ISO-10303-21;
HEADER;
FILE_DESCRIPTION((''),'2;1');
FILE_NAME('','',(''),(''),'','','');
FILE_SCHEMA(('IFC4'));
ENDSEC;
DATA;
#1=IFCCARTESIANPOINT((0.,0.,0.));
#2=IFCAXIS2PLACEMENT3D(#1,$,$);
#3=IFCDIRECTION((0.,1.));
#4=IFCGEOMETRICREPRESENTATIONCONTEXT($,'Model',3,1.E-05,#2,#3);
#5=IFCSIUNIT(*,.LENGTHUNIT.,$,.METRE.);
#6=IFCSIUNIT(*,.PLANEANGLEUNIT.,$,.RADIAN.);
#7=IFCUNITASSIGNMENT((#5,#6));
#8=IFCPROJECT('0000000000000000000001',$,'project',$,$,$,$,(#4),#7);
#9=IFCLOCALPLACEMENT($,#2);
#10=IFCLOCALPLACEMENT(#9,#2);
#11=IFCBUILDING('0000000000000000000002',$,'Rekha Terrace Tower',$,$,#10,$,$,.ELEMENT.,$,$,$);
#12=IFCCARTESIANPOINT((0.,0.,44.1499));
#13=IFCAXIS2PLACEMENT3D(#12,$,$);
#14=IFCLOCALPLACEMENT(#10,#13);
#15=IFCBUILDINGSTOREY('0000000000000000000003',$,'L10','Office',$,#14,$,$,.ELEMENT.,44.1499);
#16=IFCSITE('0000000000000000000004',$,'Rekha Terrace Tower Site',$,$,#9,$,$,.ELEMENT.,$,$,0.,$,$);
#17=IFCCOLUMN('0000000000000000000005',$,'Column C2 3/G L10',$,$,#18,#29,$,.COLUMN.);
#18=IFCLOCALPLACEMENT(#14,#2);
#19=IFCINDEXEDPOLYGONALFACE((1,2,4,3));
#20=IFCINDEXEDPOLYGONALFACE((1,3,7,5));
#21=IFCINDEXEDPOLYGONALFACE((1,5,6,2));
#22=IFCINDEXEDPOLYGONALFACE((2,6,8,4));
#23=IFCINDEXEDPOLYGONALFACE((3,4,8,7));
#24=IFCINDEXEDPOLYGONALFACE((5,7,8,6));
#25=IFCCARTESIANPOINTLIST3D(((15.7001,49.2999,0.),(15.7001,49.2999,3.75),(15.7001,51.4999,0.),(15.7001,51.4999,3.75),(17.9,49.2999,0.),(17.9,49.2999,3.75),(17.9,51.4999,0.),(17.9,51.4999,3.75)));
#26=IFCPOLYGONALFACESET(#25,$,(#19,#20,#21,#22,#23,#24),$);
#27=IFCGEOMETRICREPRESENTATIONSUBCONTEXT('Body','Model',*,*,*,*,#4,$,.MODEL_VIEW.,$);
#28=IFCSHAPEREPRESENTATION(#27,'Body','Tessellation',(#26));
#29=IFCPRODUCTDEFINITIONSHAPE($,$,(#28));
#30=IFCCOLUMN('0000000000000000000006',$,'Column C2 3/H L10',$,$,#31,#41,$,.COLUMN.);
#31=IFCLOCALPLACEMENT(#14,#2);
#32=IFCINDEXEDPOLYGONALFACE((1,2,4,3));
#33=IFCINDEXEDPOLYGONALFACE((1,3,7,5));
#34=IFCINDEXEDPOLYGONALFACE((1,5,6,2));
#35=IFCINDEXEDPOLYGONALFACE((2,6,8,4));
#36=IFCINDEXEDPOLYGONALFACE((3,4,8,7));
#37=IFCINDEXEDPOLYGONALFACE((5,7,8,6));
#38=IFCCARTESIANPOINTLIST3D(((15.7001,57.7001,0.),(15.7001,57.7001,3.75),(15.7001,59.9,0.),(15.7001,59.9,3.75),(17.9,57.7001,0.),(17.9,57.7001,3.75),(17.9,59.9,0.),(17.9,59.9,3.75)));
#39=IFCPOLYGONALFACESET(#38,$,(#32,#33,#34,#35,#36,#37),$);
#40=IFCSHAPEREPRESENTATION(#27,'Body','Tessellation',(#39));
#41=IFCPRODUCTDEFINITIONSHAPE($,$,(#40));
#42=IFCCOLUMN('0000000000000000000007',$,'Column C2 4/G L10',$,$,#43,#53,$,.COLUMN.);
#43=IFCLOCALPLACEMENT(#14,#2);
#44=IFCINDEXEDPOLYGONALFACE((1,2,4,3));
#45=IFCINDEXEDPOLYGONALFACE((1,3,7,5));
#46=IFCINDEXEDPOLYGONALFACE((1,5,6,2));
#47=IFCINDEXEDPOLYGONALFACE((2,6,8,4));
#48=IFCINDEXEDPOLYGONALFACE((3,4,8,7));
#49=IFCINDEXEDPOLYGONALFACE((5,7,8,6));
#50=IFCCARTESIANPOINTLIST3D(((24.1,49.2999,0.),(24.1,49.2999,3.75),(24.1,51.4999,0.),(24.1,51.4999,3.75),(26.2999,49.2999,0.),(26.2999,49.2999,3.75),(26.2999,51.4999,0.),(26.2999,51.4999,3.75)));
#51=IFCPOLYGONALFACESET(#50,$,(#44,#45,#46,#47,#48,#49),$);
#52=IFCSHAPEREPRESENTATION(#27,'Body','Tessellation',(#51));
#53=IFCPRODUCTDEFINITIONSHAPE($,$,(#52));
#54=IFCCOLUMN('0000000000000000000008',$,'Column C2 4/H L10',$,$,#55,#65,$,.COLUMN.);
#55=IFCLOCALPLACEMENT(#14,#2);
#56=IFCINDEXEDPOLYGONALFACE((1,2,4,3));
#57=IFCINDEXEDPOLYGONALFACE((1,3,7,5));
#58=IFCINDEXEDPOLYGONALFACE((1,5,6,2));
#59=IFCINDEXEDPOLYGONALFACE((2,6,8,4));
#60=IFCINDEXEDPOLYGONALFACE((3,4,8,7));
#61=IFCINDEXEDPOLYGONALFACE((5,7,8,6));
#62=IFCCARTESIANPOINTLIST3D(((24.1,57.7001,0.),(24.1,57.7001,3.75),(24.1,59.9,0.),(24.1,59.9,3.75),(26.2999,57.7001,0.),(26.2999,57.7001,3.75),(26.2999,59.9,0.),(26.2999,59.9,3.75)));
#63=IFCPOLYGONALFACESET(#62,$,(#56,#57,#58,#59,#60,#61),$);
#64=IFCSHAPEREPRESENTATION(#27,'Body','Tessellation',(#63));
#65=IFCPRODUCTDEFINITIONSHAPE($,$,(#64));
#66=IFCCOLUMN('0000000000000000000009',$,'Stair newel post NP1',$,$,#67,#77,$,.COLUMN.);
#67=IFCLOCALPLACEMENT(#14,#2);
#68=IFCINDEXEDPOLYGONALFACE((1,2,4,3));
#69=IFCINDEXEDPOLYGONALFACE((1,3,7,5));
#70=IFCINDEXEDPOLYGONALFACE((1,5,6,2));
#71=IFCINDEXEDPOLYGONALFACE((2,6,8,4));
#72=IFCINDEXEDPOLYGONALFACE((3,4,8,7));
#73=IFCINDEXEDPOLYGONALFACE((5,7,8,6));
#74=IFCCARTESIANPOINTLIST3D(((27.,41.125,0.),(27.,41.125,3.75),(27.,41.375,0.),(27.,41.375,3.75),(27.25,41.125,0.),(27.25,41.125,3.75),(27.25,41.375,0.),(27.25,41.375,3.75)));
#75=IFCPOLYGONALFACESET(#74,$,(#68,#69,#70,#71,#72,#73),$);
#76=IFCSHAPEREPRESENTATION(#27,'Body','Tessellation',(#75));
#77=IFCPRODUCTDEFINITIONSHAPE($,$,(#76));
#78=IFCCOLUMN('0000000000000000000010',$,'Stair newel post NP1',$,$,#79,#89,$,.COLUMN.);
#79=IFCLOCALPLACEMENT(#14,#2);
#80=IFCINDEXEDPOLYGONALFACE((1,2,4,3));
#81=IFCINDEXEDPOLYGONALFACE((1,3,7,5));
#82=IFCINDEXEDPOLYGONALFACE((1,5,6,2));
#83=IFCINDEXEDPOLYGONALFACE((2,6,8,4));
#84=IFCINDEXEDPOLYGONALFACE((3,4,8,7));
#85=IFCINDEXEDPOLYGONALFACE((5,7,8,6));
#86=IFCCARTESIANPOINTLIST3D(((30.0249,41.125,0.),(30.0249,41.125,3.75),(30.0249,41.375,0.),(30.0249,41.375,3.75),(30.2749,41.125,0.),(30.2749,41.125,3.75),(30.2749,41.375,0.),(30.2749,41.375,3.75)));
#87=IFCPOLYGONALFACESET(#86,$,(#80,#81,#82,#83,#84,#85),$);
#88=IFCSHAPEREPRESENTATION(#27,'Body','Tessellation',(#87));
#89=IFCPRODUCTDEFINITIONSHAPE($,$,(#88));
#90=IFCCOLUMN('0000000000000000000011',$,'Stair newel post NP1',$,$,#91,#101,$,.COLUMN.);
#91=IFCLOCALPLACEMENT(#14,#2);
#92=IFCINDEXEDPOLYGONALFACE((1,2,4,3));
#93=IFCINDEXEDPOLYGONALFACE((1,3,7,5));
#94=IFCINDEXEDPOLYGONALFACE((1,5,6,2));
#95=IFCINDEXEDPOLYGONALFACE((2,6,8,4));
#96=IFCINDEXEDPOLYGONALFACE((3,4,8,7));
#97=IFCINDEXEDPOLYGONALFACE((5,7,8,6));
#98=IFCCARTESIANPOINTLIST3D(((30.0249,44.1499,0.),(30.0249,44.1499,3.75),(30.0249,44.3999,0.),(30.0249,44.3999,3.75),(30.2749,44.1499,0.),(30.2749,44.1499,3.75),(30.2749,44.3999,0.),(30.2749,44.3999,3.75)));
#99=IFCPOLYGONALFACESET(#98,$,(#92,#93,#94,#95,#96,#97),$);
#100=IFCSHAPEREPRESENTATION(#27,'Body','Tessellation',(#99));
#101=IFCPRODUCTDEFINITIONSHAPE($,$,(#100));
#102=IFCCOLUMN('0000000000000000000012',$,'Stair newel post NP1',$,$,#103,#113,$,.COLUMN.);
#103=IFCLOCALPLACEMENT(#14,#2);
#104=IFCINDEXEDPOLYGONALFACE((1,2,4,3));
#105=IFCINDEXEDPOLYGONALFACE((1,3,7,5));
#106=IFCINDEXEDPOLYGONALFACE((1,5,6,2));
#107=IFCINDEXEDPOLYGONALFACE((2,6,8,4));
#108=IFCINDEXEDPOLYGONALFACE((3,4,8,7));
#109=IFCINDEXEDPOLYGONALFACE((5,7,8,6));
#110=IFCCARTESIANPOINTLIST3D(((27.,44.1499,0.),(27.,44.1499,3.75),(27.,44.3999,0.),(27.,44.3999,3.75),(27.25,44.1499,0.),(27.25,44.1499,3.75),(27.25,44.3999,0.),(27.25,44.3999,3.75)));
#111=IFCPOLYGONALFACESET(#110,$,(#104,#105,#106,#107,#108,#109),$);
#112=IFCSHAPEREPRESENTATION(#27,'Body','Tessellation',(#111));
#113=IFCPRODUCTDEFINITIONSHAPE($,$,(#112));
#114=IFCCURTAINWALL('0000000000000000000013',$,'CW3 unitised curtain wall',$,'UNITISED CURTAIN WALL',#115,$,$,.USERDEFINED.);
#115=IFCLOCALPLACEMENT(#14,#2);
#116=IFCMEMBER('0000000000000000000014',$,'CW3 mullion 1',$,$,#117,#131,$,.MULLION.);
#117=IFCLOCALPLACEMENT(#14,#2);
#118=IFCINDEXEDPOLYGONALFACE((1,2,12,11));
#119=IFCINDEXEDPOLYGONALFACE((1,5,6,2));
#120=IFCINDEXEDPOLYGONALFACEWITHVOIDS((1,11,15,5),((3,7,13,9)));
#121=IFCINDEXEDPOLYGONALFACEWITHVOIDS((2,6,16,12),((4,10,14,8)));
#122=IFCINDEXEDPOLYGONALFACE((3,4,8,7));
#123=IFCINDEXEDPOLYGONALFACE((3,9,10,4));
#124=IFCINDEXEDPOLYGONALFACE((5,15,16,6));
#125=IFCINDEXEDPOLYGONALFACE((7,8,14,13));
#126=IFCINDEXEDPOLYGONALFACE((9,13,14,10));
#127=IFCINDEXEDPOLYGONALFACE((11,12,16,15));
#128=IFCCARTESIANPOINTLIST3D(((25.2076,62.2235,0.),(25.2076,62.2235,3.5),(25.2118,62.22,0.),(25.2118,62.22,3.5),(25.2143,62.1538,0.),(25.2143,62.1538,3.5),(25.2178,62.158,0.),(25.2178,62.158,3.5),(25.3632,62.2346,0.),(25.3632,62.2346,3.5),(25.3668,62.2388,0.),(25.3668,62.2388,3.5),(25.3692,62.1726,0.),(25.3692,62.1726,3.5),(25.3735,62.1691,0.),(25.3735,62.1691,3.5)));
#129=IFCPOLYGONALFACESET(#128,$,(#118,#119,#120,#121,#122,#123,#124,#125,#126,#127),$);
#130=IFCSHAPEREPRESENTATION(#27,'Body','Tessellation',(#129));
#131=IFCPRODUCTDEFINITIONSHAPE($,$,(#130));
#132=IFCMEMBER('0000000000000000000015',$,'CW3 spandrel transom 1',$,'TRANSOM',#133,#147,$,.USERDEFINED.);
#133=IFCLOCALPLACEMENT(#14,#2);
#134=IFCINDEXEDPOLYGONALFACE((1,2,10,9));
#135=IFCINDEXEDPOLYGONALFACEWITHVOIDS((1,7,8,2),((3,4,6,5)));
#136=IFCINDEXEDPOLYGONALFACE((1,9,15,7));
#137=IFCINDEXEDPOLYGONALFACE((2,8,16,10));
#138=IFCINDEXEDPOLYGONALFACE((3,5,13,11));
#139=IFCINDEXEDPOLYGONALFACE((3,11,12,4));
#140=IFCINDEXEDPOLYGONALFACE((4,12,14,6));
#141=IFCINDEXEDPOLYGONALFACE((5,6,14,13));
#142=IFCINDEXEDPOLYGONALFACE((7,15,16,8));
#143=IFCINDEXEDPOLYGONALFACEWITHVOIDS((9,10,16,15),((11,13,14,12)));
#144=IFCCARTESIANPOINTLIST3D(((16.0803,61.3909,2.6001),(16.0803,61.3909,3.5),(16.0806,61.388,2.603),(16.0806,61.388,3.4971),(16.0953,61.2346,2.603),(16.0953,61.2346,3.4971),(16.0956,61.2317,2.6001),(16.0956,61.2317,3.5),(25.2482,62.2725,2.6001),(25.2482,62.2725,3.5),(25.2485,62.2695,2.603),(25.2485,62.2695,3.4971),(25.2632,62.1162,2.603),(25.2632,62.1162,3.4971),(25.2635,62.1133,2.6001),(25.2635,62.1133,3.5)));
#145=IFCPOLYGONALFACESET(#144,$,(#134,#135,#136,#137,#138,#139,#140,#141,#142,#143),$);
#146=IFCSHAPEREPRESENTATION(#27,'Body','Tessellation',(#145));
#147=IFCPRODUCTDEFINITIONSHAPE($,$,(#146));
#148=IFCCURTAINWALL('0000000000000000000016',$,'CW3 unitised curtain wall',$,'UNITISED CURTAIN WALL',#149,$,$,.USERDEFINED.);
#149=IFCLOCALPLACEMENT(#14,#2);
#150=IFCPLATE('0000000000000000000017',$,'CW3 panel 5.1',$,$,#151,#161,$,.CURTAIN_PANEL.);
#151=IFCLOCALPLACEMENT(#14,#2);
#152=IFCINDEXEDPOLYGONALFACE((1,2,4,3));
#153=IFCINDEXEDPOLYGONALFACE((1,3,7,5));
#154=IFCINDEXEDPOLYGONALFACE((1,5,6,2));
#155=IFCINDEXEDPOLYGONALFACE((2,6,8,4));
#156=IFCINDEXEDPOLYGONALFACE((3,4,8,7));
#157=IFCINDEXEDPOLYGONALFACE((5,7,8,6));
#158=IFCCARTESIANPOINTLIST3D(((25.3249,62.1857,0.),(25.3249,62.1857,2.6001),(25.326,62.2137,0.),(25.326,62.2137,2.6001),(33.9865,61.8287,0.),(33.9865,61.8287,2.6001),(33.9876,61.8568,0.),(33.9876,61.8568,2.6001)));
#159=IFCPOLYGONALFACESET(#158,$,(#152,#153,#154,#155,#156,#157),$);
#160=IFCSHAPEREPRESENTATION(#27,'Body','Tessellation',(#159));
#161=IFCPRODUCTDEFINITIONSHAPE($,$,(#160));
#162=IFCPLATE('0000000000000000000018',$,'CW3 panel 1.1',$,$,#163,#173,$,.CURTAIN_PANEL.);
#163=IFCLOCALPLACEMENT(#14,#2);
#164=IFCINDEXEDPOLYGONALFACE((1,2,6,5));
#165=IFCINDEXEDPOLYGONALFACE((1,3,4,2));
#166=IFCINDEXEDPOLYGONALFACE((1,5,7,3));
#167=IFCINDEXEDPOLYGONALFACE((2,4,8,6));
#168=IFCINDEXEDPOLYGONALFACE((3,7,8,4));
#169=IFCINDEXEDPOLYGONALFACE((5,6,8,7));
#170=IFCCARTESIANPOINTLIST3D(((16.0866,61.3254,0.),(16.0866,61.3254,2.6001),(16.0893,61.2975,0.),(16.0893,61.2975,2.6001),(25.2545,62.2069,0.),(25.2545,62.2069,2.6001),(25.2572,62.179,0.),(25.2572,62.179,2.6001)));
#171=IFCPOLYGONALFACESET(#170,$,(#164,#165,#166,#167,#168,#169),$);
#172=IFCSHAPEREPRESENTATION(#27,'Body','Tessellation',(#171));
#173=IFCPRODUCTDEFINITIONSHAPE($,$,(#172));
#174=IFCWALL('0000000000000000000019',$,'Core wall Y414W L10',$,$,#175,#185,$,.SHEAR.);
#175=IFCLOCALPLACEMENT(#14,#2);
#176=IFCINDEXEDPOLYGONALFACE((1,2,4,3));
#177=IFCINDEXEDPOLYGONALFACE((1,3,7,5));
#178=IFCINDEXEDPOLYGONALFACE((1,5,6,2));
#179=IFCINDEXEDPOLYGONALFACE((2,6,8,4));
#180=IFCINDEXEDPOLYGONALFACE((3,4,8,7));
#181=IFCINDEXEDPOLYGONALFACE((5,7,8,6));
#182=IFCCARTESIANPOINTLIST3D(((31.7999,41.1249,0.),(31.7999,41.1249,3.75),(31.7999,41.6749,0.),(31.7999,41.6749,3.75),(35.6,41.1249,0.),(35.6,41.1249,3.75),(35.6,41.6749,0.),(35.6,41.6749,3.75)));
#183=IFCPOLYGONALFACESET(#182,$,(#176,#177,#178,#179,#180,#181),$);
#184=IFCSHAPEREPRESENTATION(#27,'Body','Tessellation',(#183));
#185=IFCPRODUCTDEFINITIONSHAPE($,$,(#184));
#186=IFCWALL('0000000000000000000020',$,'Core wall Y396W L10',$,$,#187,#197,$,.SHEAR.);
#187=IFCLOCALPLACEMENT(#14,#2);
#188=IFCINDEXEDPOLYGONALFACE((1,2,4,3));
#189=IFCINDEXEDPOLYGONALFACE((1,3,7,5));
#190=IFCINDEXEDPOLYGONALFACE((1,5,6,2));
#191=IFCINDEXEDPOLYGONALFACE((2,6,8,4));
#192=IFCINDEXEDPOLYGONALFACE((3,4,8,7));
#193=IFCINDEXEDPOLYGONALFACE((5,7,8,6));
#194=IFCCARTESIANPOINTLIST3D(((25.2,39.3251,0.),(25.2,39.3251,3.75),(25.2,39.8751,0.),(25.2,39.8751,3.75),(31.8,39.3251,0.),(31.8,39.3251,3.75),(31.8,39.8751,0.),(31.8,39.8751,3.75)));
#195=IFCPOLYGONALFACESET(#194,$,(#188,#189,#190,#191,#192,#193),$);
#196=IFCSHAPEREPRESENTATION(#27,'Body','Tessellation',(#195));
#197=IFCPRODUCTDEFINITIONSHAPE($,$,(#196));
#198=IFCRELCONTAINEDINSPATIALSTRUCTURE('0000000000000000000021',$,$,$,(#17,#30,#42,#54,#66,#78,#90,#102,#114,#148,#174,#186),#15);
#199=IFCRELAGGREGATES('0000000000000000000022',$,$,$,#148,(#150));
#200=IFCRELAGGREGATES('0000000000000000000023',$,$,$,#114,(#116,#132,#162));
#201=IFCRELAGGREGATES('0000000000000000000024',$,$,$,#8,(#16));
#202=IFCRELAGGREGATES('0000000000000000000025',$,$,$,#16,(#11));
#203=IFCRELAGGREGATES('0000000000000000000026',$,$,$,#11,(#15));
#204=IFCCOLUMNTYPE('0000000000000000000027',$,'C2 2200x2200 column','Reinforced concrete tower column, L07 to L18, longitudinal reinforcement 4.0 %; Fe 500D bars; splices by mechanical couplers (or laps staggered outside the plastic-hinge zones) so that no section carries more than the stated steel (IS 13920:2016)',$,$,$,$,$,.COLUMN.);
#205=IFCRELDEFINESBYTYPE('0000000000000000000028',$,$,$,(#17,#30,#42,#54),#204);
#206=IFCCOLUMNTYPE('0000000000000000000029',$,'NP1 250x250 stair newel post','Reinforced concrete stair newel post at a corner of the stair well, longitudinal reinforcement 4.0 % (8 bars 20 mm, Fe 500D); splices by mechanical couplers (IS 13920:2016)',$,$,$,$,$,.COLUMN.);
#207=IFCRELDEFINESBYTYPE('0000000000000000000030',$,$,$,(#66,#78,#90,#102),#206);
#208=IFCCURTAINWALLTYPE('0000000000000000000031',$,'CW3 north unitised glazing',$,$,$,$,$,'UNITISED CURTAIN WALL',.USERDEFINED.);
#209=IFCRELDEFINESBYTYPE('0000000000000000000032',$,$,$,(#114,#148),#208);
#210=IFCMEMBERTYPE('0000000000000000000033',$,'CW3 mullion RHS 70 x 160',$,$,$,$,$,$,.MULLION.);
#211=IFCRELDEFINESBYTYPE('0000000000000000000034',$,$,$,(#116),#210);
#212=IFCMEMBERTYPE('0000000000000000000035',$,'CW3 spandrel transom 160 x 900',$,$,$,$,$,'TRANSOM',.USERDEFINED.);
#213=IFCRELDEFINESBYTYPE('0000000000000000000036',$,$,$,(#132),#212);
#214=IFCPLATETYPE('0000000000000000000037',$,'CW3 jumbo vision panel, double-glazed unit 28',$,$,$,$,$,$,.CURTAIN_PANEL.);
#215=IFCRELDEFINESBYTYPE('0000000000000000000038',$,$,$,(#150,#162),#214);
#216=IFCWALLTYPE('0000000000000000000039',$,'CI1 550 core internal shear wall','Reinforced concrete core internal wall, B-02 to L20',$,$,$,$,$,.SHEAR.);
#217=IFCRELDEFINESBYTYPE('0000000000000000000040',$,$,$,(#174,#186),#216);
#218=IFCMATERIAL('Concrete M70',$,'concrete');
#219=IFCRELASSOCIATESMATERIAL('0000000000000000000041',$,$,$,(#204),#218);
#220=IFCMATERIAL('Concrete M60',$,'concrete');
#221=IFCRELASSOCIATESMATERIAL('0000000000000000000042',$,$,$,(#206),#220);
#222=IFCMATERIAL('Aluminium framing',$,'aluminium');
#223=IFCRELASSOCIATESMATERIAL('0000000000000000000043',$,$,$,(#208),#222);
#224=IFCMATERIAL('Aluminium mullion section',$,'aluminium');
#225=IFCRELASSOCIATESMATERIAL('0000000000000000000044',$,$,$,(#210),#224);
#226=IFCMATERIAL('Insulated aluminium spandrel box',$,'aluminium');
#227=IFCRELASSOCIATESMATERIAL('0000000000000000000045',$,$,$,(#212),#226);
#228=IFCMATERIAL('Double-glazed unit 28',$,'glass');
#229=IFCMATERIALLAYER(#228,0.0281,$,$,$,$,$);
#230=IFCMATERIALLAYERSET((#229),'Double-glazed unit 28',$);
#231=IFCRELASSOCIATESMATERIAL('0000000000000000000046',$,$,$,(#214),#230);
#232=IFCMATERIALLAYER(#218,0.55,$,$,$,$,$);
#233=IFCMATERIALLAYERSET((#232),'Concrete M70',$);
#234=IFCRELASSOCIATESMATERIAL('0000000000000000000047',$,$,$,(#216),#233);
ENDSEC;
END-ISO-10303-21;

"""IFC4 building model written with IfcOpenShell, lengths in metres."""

from ifc_helpers import new_model, si_unit, direction, frame, frame_2d, origin, origin_2d, place, context, subcontext, project, spatial, rectangle, hollow_rectangle, extrude, material, layer, layer_set, material_profile, profile_set, type_object, element, aggregate, save


model = new_model("IFC4")

# Units and contexts
model_context = context("Model", 3, precision=1e-05, world=origin(), true_north=direction((0.0, 1.0)))
body_context = subcontext(model_context, "Body", "Model", "MODEL_VIEW")
ifc_project = project(units=[si_unit("LENGTHUNIT", "METRE"), si_unit("PLANEANGLEUNIT", "RADIAN")], contexts=[model_context])

# Site, building, storey
site_placement = place(None, origin())
site = spatial("IfcSite", under=ifc_project, at=site_placement, Name="Rekha Terrace Tower Site", CompositionType="ELEMENT", RefElevation=0.0)
building_placement = place(site_placement, origin())
building = spatial("IfcBuilding", under=site, at=building_placement, Name="Rekha Terrace Tower", CompositionType="ELEMENT")
storey_placement = place(building_placement, frame((0.0, 0.0, 44.1499)))
storey = spatial("IfcBuildingStorey", under=building, at=storey_placement, Name="L10", Description="Office", CompositionType="ELEMENT", Elevation=44.1499)

# Columns
ifc_material_1 = material(Name="Concrete M70", Category="concrete")
ifc_material_profile_1 = material_profile(ifc_material_1, rectangle(XDim=2.2, YDim=2.2, at=origin_2d()), Name="RC 2200x2200")
ifc_profile_set_1 = profile_set([ifc_material_profile_1], Name="Concrete M70")
column_type_1 = type_object("IfcColumnType", Name="C2 2200x2200 column", Description="Reinforced concrete tower column, L07 to L18, longitudinal reinforcement 4.0 %; Fe 500D bars; splices by mechanical couplers (or laps staggered outside the plastic-hinge zones) so that no section carries more than the stated steel (IS 13920:2016)", PredefinedType="COLUMN", material=ifc_profile_set_1)
for number, where, z_axis, x_axis, name in (
    (1, (16.8, 50.3999, 0.0), (0.0, 0.0, 1.0), (1.0, 0.0, 0.0), "Column C2 3/G L10"),
    (2, (16.8, 58.8, 0.0), (0.0, 0.0, 1.0), (1.0, 0.0, 0.0), "Column C2 3/H L10"),
    (3, (25.2, 50.3999, 0.0), (0.0, 0.0, 1.0), (1.0, 0.0, 0.0), "Column C2 4/G L10"),
    (4, (25.2, 58.8, 0.0), (0.0, 0.0, 1.0), (1.0, 0.0, 0.0), "Column C2 4/H L10"),
):
    element("IfcColumn", number, at=place(storey_placement, frame(where, z_axis=z_axis, x_axis=x_axis)), inside=storey, type_object=column_type_1, Name=name, PredefinedType="COLUMN", context=body_context, shape_type="SweptSolid", body=[
        extrude(rectangle(XDim=2.2, YDim=2.2, at=origin_2d()), origin(), (0.0, 0.0, 1.0), 3.75),
    ])
ifc_material_2 = material(Name="Concrete M60", Category="concrete")
ifc_material_profile_2 = material_profile(ifc_material_2, rectangle(XDim=0.25, YDim=0.25, at=origin_2d()), Name="RC 250x250")
ifc_profile_set_2 = profile_set([ifc_material_profile_2], Name="Concrete M60")
column_type_2 = type_object("IfcColumnType", Name="NP1 250x250 stair newel post", Description="Reinforced concrete stair newel post at a corner of the stair well, longitudinal reinforcement 4.0 % (8 bars 20 mm, Fe 500D); splices by mechanical couplers (IS 13920:2016)", PredefinedType="COLUMN", material=ifc_profile_set_2)
for number, where, z_axis, x_axis, name in (
    (5, (27.125, 41.25, 0.0), (0.0, 0.0, 1.0), (1.0, 0.0, 0.0), "Stair newel post NP1"),
    (6, (30.1499, 41.25, 0.0), (0.0, 0.0, 1.0), (1.0, 0.0, 0.0), "Stair newel post NP1"),
    (7, (30.1499, 44.2749, 0.0), (0.0, 0.0, 1.0), (1.0, 0.0, 0.0), "Stair newel post NP1"),
    (8, (27.125, 44.2749, 0.0), (0.0, 0.0, 1.0), (1.0, 0.0, 0.0), "Stair newel post NP1"),
):
    element("IfcColumn", number, at=place(storey_placement, frame(where, z_axis=z_axis, x_axis=x_axis)), inside=storey, type_object=column_type_2, Name=name, PredefinedType="COLUMN", context=body_context, shape_type="SweptSolid", body=[
        extrude(rectangle(XDim=0.25, YDim=0.25, at=origin_2d()), origin(), (0.0, 0.0, 1.0), 3.75),
    ])

# Curtain wall, members
ifc_material_3 = material(Name="Aluminium framing", Category="aluminium")
curtain_wall_type = type_object("IfcCurtainWallType", Name="CW3 north unitised glazing", ElementType="UNITISED CURTAIN WALL", PredefinedType="USERDEFINED", material=ifc_material_3)
curtain_wall_1_placement = place(storey_placement, origin())
curtain_wall_1 = element("IfcCurtainWall", 9, at=curtain_wall_1_placement, inside=storey, type_object=curtain_wall_type, Name="CW3 unitised curtain wall", ObjectType="UNITISED CURTAIN WALL", PredefinedType="USERDEFINED")
ifc_material_4 = material(Name="Aluminium mullion section", Category="aluminium")
ifc_material_profile_3 = material_profile(ifc_material_4, hollow_rectangle(XDim=0.0701, YDim=0.1599, WallThickness=0.0039, at=origin_2d()), Name="AL RHS 70x160")
ifc_profile_set_3 = profile_set([ifc_material_profile_3], Name="Aluminium mullion section")
member_type_1 = type_object("IfcMemberType", Name="CW3 mullion RHS 70 x 160", PredefinedType="MULLION", material=ifc_profile_set_3)
member_1_placement = place(storey_placement, frame((25.2905, 62.1963, 0.0), z_axis=(0.0, 0.0, 1.0), x_axis=(0.095712, -0.995409, 0.0)))
member_1 = element("IfcMember", 10, at=member_1_placement, type_object=member_type_1, Name="CW3 mullion 1", PredefinedType="MULLION", context=body_context, shape_type="SweptSolid", body=[
    extrude(hollow_rectangle(XDim=0.0701, YDim=0.1599, WallThickness=0.0039, at=origin_2d()), origin(), (0.0, 0.0, 1.0), 3.5),
])
ifc_material_5 = material(Name="Insulated aluminium spandrel box", Category="aluminium")
ifc_material_profile_4 = material_profile(ifc_material_5, hollow_rectangle(XDim=0.1599, YDim=0.8999, WallThickness=0.0029, at=origin_2d()), Name="AL SPANDREL BOX 160x900")
ifc_profile_set_4 = profile_set([ifc_material_profile_4], Name="Insulated aluminium spandrel box")
member_type_2 = type_object("IfcMemberType", Name="CW3 spandrel transom 160 x 900", ElementType="TRANSOM", PredefinedType="USERDEFINED", material=ifc_profile_set_4)
member_2_placement = place(storey_placement, frame((25.2559, 62.1929, 3.05), z_axis=(-0.995408, -0.095718, 0.0), x_axis=(0.095718, -0.995408, 0.0)))
member_2 = element("IfcMember", 11, at=member_2_placement, type_object=member_type_2, Name="CW3 spandrel transom 1", ObjectType="TRANSOM", PredefinedType="USERDEFINED", context=body_context, shape_type="SweptSolid", body=[
    extrude(hollow_rectangle(XDim=0.1599, YDim=0.8999, WallThickness=0.0029, at=origin_2d()), origin(), (0.0, 0.0, 1.0), 9.2102),
])

# Curtain wall, plate
curtain_wall_2_placement = place(storey_placement, origin())
curtain_wall_2 = element("IfcCurtainWall", 12, at=curtain_wall_2_placement, inside=storey, type_object=curtain_wall_type, Name="CW3 unitised curtain wall", ObjectType="UNITISED CURTAIN WALL", PredefinedType="USERDEFINED")
ifc_material_6 = material(Name="Double-glazed unit 28", Category="glass")
ifc_layer_1 = layer(ifc_material_6, 0.0281)
ifc_layer_set_1 = layer_set([ifc_layer_1], Name="Double-glazed unit 28")
plate_type = type_object("IfcPlateType", Name="CW3 jumbo vision panel, double-glazed unit 28", PredefinedType="CURTAIN_PANEL", material=ifc_layer_set_1)
plate_1_placement = place(storey_placement, frame((29.6562, 62.0212, 0.0), z_axis=(0.0, 0.0, 1.0), x_axis=(-0.999152, 0.041174, 0.0)))
plate_1 = element("IfcPlate", 13, at=plate_1_placement, type_object=plate_type, Name="CW3 panel 5.1", PredefinedType="CURTAIN_PANEL", context=body_context, shape_type="SweptSolid", body=[
    extrude(rectangle(XDim=8.6689, YDim=0.0281, at=origin_2d()), origin(), (0.0, 0.0, 1.0), 2.6001),
])
aggregate(curtain_wall_2, [plate_1])

# Plate
plate_2_placement = place(storey_placement, frame((20.6719, 61.7522, 0.0), z_axis=(0.0, 0.0, 1.0), x_axis=(-0.995409, -0.095712, 0.0)))
plate_2 = element("IfcPlate", 14, at=plate_2_placement, type_object=plate_type, Name="CW3 panel 1.1", PredefinedType="CURTAIN_PANEL", context=body_context, shape_type="SweptSolid", body=[
    extrude(rectangle(XDim=9.2102, YDim=0.0281, at=origin_2d()), origin(), (0.0, 0.0, 1.0), 2.6001),
])
aggregate(curtain_wall_1, [member_1, member_2, plate_2])

# Walls
ifc_layer_2 = layer(ifc_material_1, 0.55)
ifc_layer_set_2 = layer_set([ifc_layer_2], Name="Concrete M70")
wall_type_1 = type_object("IfcWallType", Name="CI1 550 core internal shear wall", Description="Reinforced concrete core internal wall, B-02 to L20", PredefinedType="SHEAR", material=ifc_layer_set_2)
wall_1_placement = place(storey_placement, frame((31.8, 41.3999, 0.0), z_axis=(0.0, 0.0, 1.0), x_axis=(1.0, 0.0, 0.0)))
element("IfcWall", 15, at=wall_1_placement, inside=storey, type_object=wall_type_1, Name="Core wall Y414W L10", PredefinedType="SHEAR", context=body_context, shape_type="SweptSolid", body=[
    extrude(rectangle(XDim=3.8, YDim=0.55, at=frame_2d((1.8999, 0.0))), origin(), (0.0, 0.0, 1.0), 3.75),
])
wall_2_placement = place(storey_placement, frame((25.2, 39.6001, 0.0), z_axis=(0.0, 0.0, 1.0), x_axis=(1.0, 0.0, 0.0)))
element("IfcWall", 16, at=wall_2_placement, inside=storey, type_object=wall_type_1, Name="Core wall Y396W L10", PredefinedType="SHEAR", context=body_context, shape_type="SweptSolid", body=[
    extrude(rectangle(XDim=6.6001, YDim=0.55, at=frame_2d((3.3, 0.0))), origin(), (0.0, 0.0, 1.0), 3.75),
])

save(model, "model.ifc")
